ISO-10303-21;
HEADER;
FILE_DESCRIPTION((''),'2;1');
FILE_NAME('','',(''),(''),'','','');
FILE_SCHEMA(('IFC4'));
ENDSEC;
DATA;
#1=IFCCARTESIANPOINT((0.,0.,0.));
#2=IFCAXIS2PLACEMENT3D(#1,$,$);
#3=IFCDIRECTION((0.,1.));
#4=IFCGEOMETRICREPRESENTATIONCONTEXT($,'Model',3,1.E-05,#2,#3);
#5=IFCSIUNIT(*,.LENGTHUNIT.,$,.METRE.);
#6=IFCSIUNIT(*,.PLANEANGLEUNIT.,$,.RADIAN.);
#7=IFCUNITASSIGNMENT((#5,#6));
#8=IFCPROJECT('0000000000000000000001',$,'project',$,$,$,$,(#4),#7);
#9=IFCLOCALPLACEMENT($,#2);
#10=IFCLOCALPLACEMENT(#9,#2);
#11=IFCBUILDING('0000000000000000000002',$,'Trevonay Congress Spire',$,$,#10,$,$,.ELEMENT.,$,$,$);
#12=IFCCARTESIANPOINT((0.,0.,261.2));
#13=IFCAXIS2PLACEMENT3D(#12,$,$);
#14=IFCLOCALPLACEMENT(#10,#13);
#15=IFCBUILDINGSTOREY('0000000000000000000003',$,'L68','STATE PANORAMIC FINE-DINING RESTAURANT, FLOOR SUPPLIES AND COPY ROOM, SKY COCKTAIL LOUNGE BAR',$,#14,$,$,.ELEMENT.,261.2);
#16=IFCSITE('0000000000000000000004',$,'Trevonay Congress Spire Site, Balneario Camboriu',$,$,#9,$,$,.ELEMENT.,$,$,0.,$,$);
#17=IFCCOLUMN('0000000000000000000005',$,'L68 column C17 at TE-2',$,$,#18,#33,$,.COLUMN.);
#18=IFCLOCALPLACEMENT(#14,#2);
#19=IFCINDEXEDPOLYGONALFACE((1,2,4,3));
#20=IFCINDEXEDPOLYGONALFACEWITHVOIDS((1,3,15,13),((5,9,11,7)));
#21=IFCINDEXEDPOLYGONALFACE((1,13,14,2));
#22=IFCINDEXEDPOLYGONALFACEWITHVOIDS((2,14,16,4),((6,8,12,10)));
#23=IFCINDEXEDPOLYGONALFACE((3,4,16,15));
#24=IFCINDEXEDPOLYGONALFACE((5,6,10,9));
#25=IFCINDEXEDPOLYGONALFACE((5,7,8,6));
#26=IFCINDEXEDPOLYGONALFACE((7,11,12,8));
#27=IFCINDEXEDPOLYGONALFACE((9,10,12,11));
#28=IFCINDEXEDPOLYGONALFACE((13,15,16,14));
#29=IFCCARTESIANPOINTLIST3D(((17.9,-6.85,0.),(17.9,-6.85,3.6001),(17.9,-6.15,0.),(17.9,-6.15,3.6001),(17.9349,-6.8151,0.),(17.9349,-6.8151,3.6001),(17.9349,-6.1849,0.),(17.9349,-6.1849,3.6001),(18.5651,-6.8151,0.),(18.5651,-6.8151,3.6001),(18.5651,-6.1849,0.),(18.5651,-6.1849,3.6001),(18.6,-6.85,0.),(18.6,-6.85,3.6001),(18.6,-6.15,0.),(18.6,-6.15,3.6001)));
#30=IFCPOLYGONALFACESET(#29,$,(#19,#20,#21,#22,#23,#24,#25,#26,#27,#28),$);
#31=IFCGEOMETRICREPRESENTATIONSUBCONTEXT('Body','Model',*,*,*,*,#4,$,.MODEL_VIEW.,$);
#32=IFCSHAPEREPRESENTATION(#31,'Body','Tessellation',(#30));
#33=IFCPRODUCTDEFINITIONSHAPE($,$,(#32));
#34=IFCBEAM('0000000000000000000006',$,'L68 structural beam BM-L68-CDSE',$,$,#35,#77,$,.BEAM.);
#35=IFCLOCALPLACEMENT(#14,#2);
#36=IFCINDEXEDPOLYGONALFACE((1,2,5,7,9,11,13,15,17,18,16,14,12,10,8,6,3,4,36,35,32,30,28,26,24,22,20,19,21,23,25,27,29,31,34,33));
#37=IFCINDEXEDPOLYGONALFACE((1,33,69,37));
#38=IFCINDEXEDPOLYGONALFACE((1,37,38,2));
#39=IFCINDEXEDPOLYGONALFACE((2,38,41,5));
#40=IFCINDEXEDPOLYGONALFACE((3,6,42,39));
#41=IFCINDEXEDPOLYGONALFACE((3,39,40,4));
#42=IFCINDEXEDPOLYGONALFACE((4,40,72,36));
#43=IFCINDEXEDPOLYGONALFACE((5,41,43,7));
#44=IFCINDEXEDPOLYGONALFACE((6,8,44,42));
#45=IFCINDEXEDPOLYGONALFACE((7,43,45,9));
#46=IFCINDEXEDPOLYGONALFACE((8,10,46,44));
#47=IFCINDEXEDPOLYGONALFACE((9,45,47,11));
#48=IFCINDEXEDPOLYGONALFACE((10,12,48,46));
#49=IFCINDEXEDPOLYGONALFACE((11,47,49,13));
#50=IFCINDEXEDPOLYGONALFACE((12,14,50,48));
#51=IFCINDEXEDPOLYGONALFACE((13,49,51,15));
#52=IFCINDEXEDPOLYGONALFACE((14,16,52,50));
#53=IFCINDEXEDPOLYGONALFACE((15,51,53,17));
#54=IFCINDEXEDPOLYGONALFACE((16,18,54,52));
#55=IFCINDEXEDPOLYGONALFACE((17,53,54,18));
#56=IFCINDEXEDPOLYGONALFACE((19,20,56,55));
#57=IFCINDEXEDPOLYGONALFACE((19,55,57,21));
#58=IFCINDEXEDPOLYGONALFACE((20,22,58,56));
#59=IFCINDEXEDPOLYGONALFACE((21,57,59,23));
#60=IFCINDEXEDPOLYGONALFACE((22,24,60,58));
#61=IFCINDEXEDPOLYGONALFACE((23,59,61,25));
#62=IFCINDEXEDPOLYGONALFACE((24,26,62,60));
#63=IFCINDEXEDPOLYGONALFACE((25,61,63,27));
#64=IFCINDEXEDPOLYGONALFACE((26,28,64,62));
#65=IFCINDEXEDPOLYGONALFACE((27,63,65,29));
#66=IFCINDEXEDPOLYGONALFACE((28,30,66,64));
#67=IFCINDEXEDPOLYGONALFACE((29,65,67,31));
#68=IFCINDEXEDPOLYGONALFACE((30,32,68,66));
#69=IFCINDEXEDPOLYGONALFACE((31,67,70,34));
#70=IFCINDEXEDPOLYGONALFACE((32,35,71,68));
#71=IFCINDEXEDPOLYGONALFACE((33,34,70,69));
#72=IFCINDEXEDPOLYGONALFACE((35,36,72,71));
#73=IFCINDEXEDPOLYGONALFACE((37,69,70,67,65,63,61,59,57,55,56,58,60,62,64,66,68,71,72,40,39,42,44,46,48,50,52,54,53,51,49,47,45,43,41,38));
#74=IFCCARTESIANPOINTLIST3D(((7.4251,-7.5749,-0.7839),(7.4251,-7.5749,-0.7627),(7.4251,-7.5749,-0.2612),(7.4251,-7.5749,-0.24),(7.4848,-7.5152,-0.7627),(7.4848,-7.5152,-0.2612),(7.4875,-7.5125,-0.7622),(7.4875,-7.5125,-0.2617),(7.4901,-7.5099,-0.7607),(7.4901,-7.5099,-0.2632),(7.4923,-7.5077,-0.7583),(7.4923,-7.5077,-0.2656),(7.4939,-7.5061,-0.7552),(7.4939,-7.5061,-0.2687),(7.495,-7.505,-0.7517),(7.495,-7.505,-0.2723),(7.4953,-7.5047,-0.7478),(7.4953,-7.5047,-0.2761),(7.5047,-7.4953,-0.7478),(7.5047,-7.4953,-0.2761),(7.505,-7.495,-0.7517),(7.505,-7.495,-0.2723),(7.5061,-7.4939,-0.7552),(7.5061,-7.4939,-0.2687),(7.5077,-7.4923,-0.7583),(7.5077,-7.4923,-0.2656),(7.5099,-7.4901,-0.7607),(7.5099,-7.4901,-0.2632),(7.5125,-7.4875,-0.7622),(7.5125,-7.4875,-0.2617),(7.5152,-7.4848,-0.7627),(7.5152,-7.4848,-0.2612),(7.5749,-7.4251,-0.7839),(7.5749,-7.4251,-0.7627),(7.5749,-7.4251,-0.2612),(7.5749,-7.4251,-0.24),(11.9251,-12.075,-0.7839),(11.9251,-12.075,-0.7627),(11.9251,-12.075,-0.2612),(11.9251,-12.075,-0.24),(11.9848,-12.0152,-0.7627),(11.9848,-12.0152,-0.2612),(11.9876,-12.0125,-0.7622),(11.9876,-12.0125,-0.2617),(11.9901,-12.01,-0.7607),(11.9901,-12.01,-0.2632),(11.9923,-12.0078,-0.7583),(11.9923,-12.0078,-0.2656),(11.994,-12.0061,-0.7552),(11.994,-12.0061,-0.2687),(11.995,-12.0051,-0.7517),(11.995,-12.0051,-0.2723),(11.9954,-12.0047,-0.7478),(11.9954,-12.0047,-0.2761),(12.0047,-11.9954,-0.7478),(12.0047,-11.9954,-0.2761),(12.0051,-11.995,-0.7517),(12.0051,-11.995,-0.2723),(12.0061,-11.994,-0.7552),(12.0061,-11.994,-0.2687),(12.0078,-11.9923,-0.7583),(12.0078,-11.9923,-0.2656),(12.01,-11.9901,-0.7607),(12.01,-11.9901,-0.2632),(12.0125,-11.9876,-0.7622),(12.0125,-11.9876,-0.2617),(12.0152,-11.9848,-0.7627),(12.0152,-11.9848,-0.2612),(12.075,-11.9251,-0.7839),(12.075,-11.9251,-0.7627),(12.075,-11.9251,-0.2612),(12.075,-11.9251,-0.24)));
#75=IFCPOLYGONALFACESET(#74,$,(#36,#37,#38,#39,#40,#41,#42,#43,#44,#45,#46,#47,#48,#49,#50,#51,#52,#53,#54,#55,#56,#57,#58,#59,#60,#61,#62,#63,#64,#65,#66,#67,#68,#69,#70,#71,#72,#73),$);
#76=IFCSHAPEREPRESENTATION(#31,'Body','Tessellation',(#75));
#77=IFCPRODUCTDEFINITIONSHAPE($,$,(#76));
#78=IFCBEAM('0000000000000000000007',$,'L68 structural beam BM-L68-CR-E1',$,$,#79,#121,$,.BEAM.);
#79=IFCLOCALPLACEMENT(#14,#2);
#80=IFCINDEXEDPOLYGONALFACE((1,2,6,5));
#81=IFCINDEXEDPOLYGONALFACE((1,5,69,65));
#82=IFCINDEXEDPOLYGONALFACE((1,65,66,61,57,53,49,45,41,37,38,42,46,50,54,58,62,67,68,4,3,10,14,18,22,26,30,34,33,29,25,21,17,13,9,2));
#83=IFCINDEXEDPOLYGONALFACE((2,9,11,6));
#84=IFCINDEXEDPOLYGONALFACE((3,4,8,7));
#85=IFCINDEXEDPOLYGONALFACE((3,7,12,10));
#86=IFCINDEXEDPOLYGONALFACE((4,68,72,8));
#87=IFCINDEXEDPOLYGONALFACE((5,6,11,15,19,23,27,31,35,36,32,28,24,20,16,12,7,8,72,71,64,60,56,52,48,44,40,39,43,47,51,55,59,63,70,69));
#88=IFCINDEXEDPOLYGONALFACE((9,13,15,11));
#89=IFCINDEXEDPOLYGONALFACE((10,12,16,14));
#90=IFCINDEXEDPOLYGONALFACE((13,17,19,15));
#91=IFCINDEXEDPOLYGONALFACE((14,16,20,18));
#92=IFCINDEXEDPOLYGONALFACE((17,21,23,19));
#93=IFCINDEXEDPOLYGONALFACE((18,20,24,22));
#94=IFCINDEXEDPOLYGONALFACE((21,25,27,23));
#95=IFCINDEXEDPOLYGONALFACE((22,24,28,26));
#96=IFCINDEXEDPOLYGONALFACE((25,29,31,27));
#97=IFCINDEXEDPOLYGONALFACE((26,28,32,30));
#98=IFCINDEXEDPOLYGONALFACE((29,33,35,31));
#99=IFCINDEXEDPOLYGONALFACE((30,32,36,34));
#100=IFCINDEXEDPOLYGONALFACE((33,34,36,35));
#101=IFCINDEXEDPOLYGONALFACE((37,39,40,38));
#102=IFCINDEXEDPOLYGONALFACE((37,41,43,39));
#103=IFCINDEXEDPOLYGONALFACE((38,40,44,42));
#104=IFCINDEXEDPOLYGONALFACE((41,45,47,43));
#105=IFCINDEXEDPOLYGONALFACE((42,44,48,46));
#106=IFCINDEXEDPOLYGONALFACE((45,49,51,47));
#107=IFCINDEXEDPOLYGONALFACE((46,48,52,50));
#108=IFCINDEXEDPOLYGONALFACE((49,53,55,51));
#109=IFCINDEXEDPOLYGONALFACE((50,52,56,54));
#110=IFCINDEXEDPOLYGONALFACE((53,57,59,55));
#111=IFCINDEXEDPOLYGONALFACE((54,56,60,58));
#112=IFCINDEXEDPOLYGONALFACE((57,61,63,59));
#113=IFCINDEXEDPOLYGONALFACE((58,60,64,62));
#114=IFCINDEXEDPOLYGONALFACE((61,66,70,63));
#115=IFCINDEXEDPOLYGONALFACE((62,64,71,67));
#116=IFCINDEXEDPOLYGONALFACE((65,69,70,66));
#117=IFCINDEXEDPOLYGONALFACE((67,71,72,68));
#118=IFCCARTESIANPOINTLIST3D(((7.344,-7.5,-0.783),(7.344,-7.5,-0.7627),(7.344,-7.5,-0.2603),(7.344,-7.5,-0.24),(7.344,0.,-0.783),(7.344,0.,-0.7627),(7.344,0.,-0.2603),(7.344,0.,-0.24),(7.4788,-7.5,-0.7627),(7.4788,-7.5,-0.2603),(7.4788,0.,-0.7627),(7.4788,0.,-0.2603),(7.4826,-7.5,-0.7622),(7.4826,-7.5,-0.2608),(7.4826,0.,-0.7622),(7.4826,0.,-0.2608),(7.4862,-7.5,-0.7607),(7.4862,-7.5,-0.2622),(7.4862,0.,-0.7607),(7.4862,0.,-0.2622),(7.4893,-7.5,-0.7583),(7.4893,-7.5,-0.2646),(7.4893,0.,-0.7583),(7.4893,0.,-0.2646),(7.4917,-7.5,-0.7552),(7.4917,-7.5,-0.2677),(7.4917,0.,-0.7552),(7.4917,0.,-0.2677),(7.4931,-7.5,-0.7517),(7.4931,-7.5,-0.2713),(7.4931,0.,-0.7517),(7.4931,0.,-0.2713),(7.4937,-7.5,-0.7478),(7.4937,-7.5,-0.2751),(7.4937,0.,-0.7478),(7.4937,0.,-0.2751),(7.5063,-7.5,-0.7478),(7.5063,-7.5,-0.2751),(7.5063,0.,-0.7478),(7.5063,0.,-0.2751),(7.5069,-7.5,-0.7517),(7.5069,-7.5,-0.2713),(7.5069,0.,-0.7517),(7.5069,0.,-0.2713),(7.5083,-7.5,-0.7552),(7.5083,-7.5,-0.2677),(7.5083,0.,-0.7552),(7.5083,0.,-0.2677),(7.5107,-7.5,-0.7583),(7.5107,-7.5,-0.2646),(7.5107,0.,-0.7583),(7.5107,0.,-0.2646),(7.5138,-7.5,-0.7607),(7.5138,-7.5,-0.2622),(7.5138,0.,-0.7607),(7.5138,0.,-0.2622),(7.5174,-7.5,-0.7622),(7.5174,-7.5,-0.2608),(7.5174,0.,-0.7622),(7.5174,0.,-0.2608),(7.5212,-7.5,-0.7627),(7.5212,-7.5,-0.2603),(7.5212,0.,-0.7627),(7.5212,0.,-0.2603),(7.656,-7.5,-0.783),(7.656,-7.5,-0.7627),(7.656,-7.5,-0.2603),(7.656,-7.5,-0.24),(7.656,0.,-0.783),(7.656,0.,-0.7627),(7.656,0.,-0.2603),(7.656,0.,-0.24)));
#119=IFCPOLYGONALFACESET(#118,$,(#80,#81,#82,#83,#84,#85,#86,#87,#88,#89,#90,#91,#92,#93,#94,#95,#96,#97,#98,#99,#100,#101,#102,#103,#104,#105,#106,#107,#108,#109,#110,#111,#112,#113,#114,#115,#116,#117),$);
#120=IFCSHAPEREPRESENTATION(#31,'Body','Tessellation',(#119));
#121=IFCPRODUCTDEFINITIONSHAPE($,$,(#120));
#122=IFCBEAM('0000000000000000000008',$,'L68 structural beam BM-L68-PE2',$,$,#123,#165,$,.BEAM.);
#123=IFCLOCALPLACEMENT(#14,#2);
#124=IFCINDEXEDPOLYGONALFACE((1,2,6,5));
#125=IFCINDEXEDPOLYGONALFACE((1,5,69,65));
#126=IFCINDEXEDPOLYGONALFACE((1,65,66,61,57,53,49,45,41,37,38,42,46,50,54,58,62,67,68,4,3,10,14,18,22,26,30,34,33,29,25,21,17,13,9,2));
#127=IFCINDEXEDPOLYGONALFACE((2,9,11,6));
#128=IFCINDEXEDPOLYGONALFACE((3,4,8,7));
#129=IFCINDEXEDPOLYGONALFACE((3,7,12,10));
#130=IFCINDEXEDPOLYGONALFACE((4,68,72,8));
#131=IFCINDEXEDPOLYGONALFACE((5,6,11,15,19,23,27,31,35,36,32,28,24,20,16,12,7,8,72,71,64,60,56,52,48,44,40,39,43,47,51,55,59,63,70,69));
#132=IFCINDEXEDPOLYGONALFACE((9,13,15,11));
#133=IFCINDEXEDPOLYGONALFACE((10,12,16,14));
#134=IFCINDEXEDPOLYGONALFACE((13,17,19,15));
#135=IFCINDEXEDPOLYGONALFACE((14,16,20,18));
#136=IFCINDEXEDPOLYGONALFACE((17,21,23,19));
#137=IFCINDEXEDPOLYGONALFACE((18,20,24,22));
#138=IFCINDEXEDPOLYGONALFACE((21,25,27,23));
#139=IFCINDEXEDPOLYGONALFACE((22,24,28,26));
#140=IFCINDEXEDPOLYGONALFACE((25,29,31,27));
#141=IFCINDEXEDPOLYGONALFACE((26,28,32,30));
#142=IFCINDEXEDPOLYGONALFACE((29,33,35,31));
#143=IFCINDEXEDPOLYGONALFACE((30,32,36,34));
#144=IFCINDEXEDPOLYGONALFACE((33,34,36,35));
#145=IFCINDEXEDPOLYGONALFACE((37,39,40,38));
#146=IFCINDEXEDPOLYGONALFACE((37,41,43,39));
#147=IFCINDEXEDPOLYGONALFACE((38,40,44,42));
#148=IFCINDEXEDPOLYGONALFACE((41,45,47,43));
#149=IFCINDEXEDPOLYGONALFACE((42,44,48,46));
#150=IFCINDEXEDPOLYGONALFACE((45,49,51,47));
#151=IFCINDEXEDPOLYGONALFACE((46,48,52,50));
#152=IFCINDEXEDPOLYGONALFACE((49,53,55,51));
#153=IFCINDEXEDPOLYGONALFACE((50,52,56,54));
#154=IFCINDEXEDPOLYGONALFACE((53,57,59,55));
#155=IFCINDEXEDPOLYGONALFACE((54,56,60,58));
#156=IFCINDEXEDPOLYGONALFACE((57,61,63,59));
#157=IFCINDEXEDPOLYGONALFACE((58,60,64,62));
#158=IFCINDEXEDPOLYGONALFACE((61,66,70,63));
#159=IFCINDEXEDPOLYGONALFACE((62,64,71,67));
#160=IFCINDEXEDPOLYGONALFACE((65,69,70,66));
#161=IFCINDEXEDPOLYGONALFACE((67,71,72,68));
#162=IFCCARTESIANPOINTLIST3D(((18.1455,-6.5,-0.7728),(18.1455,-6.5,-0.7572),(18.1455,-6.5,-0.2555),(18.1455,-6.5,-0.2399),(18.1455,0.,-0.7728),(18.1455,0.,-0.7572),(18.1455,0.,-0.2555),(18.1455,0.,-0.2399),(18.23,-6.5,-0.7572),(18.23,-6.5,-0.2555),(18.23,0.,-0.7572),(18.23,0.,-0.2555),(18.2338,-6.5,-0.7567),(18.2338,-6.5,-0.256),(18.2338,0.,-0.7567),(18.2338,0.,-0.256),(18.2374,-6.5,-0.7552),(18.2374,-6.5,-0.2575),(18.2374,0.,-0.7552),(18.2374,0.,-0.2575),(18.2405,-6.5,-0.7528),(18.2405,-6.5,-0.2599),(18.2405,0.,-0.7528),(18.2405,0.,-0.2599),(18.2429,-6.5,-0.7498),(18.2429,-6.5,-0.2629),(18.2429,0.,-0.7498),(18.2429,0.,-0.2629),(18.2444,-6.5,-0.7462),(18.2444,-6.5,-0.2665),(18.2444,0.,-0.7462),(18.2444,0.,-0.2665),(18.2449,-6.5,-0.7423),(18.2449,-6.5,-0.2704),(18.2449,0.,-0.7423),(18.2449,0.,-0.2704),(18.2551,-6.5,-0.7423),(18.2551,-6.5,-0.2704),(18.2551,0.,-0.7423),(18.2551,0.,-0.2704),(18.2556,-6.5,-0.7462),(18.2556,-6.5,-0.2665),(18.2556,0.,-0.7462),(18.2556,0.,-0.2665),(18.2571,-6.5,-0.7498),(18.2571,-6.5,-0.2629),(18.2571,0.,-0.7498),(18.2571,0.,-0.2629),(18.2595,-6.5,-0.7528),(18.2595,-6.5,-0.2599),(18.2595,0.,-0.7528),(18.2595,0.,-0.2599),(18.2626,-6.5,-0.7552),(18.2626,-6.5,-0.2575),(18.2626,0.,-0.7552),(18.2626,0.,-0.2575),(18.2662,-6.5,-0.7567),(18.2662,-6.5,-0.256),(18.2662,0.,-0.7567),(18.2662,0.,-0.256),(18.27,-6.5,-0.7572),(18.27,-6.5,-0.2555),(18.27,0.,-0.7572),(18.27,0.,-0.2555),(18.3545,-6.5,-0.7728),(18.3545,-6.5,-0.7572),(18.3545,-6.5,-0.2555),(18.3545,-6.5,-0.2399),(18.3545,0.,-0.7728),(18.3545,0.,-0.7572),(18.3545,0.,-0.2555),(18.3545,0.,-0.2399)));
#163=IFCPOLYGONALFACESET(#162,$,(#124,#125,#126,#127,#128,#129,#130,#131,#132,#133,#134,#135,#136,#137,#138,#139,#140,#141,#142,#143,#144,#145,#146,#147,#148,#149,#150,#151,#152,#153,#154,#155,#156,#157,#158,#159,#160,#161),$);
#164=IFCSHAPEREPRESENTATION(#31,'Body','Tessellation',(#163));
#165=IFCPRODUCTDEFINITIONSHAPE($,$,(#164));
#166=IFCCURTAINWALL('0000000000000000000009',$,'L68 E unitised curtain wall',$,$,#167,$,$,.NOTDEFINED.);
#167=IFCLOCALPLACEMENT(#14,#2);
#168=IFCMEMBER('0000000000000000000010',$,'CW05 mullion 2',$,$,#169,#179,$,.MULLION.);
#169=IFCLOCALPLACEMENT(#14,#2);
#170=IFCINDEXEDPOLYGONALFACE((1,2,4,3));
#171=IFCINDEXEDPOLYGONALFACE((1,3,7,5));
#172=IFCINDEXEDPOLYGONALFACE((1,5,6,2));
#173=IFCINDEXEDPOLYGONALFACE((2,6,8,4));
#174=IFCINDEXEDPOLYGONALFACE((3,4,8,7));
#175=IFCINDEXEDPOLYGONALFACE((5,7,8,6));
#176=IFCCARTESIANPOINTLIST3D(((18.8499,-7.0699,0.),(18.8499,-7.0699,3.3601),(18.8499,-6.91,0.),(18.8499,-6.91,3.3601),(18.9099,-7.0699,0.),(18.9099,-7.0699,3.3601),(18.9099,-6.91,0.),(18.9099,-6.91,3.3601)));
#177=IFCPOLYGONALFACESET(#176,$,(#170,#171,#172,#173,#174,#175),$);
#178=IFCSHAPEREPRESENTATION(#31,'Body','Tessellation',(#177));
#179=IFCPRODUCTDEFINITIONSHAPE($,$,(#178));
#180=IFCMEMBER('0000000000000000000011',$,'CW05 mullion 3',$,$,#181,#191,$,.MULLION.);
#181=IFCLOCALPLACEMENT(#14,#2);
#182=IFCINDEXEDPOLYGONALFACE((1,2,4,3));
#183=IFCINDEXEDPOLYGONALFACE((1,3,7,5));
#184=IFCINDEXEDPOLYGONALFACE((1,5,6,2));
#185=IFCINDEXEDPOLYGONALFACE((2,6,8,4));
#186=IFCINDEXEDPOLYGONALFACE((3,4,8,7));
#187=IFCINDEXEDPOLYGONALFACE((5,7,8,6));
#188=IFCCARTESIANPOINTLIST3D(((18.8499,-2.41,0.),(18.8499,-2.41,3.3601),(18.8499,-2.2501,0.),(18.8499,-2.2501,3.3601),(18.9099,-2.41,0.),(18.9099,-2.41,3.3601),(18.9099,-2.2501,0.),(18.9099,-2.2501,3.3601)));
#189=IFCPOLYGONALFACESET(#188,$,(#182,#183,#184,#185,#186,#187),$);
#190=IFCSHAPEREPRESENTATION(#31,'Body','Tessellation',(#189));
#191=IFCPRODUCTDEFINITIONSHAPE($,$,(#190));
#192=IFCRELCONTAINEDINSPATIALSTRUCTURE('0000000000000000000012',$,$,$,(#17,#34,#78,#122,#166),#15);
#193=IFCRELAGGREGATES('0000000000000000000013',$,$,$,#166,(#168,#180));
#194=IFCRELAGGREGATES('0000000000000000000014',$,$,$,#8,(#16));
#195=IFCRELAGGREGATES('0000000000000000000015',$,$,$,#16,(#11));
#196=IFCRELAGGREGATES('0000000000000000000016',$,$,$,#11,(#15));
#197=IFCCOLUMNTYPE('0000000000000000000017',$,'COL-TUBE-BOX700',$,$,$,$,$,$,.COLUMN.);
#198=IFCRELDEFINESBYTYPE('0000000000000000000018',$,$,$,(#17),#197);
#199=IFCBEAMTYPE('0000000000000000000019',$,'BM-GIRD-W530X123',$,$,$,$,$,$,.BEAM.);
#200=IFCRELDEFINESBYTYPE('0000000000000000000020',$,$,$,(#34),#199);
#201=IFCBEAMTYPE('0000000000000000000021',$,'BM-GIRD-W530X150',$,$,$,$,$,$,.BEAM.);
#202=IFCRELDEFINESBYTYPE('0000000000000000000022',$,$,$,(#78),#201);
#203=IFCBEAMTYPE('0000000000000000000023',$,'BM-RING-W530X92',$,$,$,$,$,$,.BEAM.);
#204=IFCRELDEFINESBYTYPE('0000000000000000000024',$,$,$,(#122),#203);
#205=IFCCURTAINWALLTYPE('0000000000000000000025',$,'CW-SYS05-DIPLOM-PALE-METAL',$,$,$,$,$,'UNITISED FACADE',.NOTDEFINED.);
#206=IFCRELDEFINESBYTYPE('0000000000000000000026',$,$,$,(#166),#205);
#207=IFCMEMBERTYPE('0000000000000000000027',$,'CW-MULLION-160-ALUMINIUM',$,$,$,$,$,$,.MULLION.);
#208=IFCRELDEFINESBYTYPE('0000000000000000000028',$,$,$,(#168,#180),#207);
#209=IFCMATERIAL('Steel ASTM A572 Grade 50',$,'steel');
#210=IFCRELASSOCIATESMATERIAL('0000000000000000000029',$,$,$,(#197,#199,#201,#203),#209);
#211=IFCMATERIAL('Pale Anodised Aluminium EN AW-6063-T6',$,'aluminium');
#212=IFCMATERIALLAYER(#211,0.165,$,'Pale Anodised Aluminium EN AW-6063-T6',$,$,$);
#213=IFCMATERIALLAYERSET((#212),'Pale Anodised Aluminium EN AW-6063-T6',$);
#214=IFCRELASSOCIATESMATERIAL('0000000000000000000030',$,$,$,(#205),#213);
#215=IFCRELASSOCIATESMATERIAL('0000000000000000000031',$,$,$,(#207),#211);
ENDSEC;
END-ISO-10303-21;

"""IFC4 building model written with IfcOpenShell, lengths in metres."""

from ifc_helpers import new_model, si_unit, direction, frame, origin, origin_2d, place, context, subcontext, project, spatial, rectangle, hollow_rectangle, i_section, extrude, material, layer, layer_set, material_profile, profile_set, type_object, element, aggregate, save


model = new_model("IFC4")

# Units and contexts
model_context = context("Model", 3, precision=1e-05, world=origin(), true_north=direction((0.0, 1.0)))
body_context = subcontext(model_context, "Body", "Model", "MODEL_VIEW")
ifc_project = project(units=[si_unit("LENGTHUNIT", "METRE"), si_unit("PLANEANGLEUNIT", "RADIAN")], contexts=[model_context])

# Site, building, storey
site_placement = place(None, origin())
site = spatial("IfcSite", under=ifc_project, at=site_placement, Name="Trevonay Congress Spire Site, Balneario Camboriu", CompositionType="ELEMENT", RefElevation=0.0)
building_placement = place(site_placement, origin())
building = spatial("IfcBuilding", under=site, at=building_placement, Name="Trevonay Congress Spire", CompositionType="ELEMENT")
storey_placement = place(building_placement, frame((0.0, 0.0, 261.2)))
storey = spatial("IfcBuildingStorey", under=building, at=storey_placement, Name="L68", Description="STATE PANORAMIC FINE-DINING RESTAURANT, FLOOR SUPPLIES AND COPY ROOM, SKY COCKTAIL LOUNGE BAR", CompositionType="ELEMENT", Elevation=261.2)

# Column
ifc_material_1 = material(Name="Steel ASTM A572 Grade 50", Category="steel")
ifc_material_profile_1 = material_profile(ifc_material_1, hollow_rectangle(XDim=0.7, YDim=0.7, WallThickness=0.0349, at=origin_2d()), Name="BOX 700x700x35")
ifc_profile_set_1 = profile_set([ifc_material_profile_1], Name="Steel ASTM A572 Grade 50")
column_type = type_object("IfcColumnType", Name="COL-TUBE-BOX700", PredefinedType="COLUMN", material=ifc_profile_set_1)
column_placement = place(storey_placement, frame((18.25, -6.5, 0.0), z_axis=(0.0, 0.0, 1.0), x_axis=(1.0, 0.0, 0.0)))
element("IfcColumn", 1, at=column_placement, inside=storey, type_object=column_type, Name="L68 column C17 at TE-2", PredefinedType="COLUMN", context=body_context, shape_type="SweptSolid", body=[
    extrude(hollow_rectangle(XDim=0.7, YDim=0.7, WallThickness=0.0349, at=origin_2d()), origin(), (0.0, 0.0, 1.0), 3.6001),
])

# Beams
ifc_material_profile_2 = material_profile(ifc_material_1, i_section(OverallWidth=0.2119, OverallDepth=0.5439, WebThickness=0.0132, FlangeThickness=0.0212, FilletRadius=0.0149, at=origin_2d()), Name="W530x123")
ifc_profile_set_2 = profile_set([ifc_material_profile_2], Name="Steel ASTM A572 Grade 50")
beam_type_1 = type_object("IfcBeamType", Name="BM-GIRD-W530X123", PredefinedType="BEAM", material=ifc_profile_set_2)
beam_1_placement = place(storey_placement, frame((7.5, -7.5, -0.512), z_axis=(0.707107, -0.707107, 0.0), x_axis=(0.707107, 0.707107, 0.0)))
element("IfcBeam", 2, at=beam_1_placement, inside=storey, type_object=beam_type_1, Name="L68 structural beam BM-L68-CDSE", PredefinedType="BEAM", context=body_context, shape_type="SweptSolid", body=[
    extrude(i_section(OverallWidth=0.2119, OverallDepth=0.5439, WebThickness=0.0132, FlangeThickness=0.0212, FilletRadius=0.0149, at=origin_2d()), origin(), (0.0, 0.0, 1.0), 6.364),
])
ifc_material_profile_3 = material_profile(ifc_material_1, i_section(OverallWidth=0.312, OverallDepth=0.543, WebThickness=0.0127, FlangeThickness=0.0203, FilletRadius=0.0149, at=origin_2d()), Name="W530x150")
ifc_profile_set_3 = profile_set([ifc_material_profile_3], Name="Steel ASTM A572 Grade 50")
beam_type_2 = type_object("IfcBeamType", Name="BM-GIRD-W530X150", PredefinedType="BEAM", material=ifc_profile_set_3)
beam_2_placement = place(storey_placement, frame((7.5, -7.5, -0.5115), z_axis=(0.0, 1.0, 0.0), x_axis=(-1.0, 0.0, 0.0)))
element("IfcBeam", 3, at=beam_2_placement, inside=storey, type_object=beam_type_2, Name="L68 structural beam BM-L68-CR-E1", PredefinedType="BEAM", context=body_context, shape_type="SweptSolid", body=[
    extrude(i_section(OverallWidth=0.312, OverallDepth=0.543, WebThickness=0.0127, FlangeThickness=0.0203, FilletRadius=0.0149, at=origin_2d()), origin(), (0.0, 0.0, 1.0), 7.5),
])
ifc_material_profile_4 = material_profile(ifc_material_1, i_section(OverallWidth=0.209, OverallDepth=0.533, WebThickness=0.0103, FlangeThickness=0.0156, FilletRadius=0.0149, at=origin_2d()), Name="W530x92")
ifc_profile_set_4 = profile_set([ifc_material_profile_4], Name="Steel ASTM A572 Grade 50")
beam_type_3 = type_object("IfcBeamType", Name="BM-RING-W530X92", PredefinedType="BEAM", material=ifc_profile_set_4)
beam_3_placement = place(storey_placement, frame((18.25, -6.5, -0.5063), z_axis=(0.0, 1.0, 0.0), x_axis=(-1.0, 0.0, 0.0)))
element("IfcBeam", 4, at=beam_3_placement, inside=storey, type_object=beam_type_3, Name="L68 structural beam BM-L68-PE2", PredefinedType="BEAM", context=body_context, shape_type="SweptSolid", body=[
    extrude(i_section(OverallWidth=0.209, OverallDepth=0.533, WebThickness=0.0103, FlangeThickness=0.0156, FilletRadius=0.0149, at=origin_2d()), origin(), (0.0, 0.0, 1.0), 6.5),
])

# Curtain wall, members
ifc_material_2 = material(Name="Pale Anodised Aluminium EN AW-6063-T6", Category="aluminium")
ifc_layer_1 = layer(ifc_material_2, 0.165, Name="Pale Anodised Aluminium EN AW-6063-T6")
ifc_layer_set_1 = layer_set([ifc_layer_1], Name="Pale Anodised Aluminium EN AW-6063-T6")
curtain_wall_type = type_object("IfcCurtainWallType", Name="CW-SYS05-DIPLOM-PALE-METAL", ElementType="UNITISED FACADE", PredefinedType="NOTDEFINED", material=ifc_layer_set_1)
curtain_wall_placement = place(storey_placement, origin())
curtain_wall = element("IfcCurtainWall", 5, at=curtain_wall_placement, inside=storey, type_object=curtain_wall_type, Name="L68 E unitised curtain wall", PredefinedType="NOTDEFINED")
ifc_material_profile_5 = material_profile(ifc_material_2, rectangle(XDim=0.0601, YDim=0.1599, at=origin_2d()), Name="CW-MULLION-160-ALUMINIUM")
ifc_profile_set_5 = profile_set([ifc_material_profile_5], Name="Pale Anodised Aluminium EN AW-6063-T6")
member_type_1 = type_object("IfcMemberType", Name="CW-MULLION-160-ALUMINIUM", PredefinedType="MULLION", material=ifc_profile_set_5)
member_1_placement = place(storey_placement, frame((18.8799, -6.99, 0.0), z_axis=(0.0, 0.0, 1.0), x_axis=(-1.0, 0.0, 0.0)))
member_1 = element("IfcMember", 6, at=member_1_placement, type_object=member_type_1, Name="CW05 mullion 2", PredefinedType="MULLION", context=body_context, shape_type="SweptSolid", body=[
    extrude(rectangle(XDim=0.0601, YDim=0.1599, at=origin_2d()), origin(), (0.0, 0.0, 1.0), 3.3601),
])
member_2_placement = place(storey_placement, frame((18.8799, -2.3301, 0.0), z_axis=(0.0, 0.0, 1.0), x_axis=(-1.0, 0.0, 0.0)))
member_2 = element("IfcMember", 7, at=member_2_placement, type_object=member_type_1, Name="CW05 mullion 3", PredefinedType="MULLION", context=body_context, shape_type="SweptSolid", body=[
    extrude(rectangle(XDim=0.0601, YDim=0.1599, at=origin_2d()), origin(), (0.0, 0.0, 1.0), 3.3601),
])
aggregate(curtain_wall, [member_1, member_2])

save(model, "model.ifc")
